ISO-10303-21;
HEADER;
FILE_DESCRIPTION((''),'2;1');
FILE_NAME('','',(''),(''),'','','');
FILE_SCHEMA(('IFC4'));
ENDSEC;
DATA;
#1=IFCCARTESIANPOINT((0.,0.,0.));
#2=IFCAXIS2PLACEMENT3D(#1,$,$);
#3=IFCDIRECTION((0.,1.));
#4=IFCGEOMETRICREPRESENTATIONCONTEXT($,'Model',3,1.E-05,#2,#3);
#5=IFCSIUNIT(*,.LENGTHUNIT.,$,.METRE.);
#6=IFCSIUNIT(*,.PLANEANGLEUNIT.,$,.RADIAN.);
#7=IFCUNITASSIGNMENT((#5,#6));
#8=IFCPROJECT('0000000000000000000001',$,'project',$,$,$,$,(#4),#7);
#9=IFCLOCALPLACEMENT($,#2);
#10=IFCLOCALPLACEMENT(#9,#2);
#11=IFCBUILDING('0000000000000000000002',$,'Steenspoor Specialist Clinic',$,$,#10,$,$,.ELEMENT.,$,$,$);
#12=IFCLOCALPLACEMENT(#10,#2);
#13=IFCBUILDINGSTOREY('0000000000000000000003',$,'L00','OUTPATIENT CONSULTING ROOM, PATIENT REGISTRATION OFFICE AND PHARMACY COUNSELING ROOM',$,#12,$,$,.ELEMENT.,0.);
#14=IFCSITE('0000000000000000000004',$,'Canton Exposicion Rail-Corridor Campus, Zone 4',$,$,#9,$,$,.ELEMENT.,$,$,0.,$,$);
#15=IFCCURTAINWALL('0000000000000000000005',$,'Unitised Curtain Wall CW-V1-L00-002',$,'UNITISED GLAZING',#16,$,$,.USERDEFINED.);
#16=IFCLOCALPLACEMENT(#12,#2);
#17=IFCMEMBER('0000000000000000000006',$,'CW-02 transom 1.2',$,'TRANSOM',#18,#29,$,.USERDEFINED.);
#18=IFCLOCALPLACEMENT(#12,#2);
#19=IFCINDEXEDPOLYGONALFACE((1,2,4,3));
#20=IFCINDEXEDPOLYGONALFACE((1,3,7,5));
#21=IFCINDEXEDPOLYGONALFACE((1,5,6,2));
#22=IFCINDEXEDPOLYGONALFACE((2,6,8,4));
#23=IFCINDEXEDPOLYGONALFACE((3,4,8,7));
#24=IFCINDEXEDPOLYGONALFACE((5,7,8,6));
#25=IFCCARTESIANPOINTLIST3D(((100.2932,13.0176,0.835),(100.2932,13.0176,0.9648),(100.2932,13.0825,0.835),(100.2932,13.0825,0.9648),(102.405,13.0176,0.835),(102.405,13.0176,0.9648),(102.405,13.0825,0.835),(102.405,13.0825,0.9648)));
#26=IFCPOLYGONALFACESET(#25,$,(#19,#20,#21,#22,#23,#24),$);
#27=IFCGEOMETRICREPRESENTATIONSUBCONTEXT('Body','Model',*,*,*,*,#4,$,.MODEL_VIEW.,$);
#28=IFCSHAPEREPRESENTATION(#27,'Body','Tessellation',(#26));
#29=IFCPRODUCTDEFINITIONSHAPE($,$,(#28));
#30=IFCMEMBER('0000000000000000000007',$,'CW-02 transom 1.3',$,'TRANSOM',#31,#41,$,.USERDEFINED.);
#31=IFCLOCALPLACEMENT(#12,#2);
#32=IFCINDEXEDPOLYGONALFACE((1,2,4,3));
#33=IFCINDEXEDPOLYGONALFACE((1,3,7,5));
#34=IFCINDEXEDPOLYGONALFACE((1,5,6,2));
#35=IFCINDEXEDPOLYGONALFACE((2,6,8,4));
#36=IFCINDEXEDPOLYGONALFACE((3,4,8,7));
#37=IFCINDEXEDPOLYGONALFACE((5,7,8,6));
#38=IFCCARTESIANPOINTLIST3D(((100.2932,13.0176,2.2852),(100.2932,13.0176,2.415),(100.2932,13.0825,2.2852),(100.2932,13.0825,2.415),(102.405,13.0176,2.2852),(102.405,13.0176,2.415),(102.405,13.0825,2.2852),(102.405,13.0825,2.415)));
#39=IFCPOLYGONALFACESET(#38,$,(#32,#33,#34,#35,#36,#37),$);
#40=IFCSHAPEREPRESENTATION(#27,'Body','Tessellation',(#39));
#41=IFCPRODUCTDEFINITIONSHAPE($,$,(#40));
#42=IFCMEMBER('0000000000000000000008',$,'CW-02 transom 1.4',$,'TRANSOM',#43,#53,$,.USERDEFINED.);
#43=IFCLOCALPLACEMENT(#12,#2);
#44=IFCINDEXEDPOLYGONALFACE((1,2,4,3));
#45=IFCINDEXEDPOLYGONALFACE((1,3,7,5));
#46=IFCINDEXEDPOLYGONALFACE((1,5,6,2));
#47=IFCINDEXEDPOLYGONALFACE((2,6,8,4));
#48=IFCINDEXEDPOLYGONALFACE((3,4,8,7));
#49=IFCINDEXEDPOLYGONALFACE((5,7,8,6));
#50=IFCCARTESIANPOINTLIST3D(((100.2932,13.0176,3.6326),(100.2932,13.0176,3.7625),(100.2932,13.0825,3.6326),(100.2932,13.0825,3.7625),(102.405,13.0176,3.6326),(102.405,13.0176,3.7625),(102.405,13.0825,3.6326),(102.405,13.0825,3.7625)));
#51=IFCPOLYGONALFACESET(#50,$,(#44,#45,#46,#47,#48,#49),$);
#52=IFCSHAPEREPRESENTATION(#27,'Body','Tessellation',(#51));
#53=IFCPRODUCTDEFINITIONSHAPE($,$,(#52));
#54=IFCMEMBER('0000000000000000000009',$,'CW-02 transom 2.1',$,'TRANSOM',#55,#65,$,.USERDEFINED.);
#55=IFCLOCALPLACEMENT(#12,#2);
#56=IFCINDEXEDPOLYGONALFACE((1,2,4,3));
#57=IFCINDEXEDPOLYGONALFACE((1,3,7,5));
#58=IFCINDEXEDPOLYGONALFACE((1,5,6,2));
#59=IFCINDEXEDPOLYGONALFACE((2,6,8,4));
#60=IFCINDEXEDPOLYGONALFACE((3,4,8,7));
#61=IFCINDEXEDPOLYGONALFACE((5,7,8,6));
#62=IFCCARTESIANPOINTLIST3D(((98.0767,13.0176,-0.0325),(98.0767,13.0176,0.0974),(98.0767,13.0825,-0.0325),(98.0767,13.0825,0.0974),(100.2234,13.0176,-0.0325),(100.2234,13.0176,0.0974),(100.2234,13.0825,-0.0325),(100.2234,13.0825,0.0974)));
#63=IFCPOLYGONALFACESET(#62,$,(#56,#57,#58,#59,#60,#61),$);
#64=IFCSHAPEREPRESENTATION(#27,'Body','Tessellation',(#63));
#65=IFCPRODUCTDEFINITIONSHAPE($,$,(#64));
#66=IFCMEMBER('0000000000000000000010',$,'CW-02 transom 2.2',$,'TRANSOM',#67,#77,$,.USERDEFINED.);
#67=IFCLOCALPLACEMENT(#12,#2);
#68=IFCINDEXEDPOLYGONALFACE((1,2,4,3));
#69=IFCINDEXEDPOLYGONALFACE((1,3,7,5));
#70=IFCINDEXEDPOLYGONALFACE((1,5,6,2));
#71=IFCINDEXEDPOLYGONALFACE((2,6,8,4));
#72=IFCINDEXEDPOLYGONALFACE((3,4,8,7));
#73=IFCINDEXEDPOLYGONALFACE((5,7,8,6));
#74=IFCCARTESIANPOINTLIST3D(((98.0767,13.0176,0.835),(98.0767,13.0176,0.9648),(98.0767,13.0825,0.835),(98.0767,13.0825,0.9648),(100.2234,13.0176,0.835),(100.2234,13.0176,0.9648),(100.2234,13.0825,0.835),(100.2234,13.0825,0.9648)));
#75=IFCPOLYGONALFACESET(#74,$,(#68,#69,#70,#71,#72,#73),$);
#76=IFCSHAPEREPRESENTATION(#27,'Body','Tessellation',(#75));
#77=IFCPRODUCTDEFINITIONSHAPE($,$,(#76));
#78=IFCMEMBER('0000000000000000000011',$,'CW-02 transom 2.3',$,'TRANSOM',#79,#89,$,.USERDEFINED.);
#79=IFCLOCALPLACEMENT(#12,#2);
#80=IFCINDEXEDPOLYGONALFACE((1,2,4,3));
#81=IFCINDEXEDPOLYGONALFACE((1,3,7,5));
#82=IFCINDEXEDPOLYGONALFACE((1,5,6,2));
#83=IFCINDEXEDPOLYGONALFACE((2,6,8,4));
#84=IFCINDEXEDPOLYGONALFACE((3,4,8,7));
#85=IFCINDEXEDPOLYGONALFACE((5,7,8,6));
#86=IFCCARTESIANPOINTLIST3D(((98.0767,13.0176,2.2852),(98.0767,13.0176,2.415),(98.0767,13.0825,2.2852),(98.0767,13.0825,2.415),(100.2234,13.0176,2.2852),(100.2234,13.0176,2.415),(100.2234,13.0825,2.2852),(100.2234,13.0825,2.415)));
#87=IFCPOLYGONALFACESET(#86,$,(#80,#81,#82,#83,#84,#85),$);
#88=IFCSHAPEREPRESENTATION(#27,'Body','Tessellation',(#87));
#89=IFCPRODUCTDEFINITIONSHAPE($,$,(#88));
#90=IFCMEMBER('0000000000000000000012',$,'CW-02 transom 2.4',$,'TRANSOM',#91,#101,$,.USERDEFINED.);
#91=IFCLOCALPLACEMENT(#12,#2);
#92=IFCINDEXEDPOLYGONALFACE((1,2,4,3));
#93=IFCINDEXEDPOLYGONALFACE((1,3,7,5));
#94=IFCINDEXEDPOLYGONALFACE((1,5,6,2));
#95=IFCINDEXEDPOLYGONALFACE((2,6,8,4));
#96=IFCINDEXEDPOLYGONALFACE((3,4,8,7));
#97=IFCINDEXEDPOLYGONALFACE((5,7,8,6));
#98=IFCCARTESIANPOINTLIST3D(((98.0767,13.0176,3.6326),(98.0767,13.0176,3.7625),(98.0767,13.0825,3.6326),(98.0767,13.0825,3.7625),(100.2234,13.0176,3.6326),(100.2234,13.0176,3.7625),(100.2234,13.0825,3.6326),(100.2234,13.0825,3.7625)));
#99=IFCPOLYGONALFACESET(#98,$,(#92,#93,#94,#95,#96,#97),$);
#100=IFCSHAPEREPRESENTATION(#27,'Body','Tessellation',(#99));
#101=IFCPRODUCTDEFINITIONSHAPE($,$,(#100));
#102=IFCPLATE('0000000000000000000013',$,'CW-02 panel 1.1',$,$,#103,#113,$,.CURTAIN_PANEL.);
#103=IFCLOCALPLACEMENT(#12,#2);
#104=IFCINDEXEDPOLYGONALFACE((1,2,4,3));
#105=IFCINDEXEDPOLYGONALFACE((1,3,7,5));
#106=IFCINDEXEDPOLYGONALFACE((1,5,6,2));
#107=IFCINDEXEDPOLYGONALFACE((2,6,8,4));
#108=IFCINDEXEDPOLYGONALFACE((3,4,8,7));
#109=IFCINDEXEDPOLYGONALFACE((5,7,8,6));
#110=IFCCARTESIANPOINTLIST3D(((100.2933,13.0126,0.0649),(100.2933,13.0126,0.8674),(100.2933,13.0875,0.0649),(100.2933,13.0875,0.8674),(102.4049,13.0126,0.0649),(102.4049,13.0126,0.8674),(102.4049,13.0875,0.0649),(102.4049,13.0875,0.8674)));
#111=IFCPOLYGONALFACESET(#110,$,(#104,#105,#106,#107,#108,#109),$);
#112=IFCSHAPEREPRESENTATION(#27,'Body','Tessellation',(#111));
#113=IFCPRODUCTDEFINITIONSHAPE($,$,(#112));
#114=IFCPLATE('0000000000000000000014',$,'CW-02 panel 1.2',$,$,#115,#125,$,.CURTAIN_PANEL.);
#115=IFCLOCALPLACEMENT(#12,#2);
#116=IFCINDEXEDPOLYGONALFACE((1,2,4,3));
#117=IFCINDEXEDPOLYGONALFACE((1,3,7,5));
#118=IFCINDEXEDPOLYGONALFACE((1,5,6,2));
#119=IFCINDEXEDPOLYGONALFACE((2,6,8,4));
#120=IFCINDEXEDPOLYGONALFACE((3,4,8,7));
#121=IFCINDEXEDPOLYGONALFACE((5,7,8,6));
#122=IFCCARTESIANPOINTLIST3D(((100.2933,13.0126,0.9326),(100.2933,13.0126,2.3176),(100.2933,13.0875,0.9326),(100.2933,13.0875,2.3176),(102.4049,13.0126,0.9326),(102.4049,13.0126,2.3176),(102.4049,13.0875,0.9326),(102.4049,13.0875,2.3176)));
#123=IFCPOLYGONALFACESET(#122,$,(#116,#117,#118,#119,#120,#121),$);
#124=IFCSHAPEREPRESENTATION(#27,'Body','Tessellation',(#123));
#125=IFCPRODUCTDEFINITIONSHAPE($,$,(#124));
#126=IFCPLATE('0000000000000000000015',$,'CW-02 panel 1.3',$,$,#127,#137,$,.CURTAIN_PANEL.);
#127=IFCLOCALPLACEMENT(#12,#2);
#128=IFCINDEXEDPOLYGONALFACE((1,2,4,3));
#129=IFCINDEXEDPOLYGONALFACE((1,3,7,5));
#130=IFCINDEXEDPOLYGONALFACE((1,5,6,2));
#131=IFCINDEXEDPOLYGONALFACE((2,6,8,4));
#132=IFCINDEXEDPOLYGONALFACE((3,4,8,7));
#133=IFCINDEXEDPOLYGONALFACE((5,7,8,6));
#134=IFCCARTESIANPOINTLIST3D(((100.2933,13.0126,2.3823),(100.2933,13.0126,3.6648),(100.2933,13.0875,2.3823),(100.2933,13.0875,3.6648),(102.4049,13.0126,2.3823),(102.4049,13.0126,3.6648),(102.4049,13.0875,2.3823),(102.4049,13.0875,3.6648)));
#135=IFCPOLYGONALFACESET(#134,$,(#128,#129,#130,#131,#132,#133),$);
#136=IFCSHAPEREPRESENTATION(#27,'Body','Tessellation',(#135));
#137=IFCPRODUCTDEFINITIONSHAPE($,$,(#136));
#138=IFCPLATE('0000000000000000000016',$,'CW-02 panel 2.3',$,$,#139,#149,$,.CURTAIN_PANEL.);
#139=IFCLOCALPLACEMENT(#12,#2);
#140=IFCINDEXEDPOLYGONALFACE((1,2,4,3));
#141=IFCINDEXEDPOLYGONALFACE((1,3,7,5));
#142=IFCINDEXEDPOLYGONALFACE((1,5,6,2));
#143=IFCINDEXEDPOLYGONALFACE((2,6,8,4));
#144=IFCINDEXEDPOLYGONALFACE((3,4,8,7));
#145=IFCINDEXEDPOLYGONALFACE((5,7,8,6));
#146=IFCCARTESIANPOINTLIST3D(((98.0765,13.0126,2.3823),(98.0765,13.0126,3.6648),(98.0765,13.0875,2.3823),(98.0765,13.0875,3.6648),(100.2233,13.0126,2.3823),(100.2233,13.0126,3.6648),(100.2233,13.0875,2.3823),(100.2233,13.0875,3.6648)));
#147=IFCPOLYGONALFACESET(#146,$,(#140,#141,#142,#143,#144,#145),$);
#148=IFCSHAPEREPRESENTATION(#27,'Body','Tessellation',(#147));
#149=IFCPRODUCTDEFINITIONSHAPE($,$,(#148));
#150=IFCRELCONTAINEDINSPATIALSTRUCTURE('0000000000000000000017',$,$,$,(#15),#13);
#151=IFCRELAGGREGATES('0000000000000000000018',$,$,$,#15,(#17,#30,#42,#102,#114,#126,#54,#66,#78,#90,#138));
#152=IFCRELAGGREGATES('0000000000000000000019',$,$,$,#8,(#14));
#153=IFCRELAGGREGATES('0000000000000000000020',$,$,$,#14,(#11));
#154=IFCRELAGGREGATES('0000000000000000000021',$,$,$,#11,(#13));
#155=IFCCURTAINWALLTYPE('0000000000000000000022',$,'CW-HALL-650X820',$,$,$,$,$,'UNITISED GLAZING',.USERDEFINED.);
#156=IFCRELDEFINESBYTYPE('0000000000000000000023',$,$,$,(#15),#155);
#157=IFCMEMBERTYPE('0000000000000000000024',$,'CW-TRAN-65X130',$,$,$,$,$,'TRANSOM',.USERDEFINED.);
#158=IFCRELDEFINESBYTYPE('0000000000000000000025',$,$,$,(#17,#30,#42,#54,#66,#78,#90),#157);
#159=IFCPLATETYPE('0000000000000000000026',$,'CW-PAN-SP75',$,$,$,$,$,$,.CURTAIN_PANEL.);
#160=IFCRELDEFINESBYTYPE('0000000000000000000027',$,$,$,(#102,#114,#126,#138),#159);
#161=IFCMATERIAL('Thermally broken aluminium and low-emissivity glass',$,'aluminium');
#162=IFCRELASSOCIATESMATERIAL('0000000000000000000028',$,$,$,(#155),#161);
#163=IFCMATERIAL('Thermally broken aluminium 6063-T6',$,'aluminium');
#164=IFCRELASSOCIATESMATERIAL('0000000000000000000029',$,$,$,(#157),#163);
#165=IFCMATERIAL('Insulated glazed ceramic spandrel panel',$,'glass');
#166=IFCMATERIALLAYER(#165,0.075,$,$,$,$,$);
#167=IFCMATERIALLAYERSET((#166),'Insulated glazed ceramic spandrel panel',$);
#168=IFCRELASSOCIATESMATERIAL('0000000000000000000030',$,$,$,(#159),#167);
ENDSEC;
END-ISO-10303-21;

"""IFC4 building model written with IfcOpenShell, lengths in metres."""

from ifc_helpers import new_model, si_unit, direction, frame, origin, origin_2d, place, context, subcontext, project, spatial, rectangle, extrude, material, layer, layer_set, material_profile, profile_set, type_object, element, aggregate, save


model = new_model("IFC4")

# Units and contexts
model_context = context("Model", 3, precision=1e-05, world=origin(), true_north=direction((0.0, 1.0)))
body_context = subcontext(model_context, "Body", "Model", "MODEL_VIEW")
ifc_project = project(units=[si_unit("LENGTHUNIT", "METRE"), si_unit("PLANEANGLEUNIT", "RADIAN")], contexts=[model_context])

# Site, building, storey
site_placement = place(None, origin())
site = spatial("IfcSite", under=ifc_project, at=site_placement, Name="Canton Exposicion Rail-Corridor Campus, Zone 4", CompositionType="ELEMENT", RefElevation=0.0)
building_placement = place(site_placement, origin())
building = spatial("IfcBuilding", under=site, at=building_placement, Name="Steenspoor Specialist Clinic", CompositionType="ELEMENT")
storey_placement = place(building_placement, origin())
storey = spatial("IfcBuildingStorey", under=building, at=storey_placement, Name="L00", Description="OUTPATIENT CONSULTING ROOM, PATIENT REGISTRATION OFFICE AND PHARMACY COUNSELING ROOM", CompositionType="ELEMENT", Elevation=0.0)

# Curtain wall, members, plates
ifc_material_1 = material(Name="Thermally broken aluminium and low-emissivity glass", Category="aluminium")
curtain_wall_type = type_object("IfcCurtainWallType", Name="CW-HALL-650X820", ElementType="UNITISED GLAZING", PredefinedType="USERDEFINED", material=ifc_material_1)
curtain_wall_placement = place(storey_placement, origin())
curtain_wall = element("IfcCurtainWall", 1, at=curtain_wall_placement, inside=storey, type_object=curtain_wall_type, Name="Unitised Curtain Wall CW-V1-L00-002", ObjectType="UNITISED GLAZING", PredefinedType="USERDEFINED")
ifc_material_2 = material(Name="Thermally broken aluminium 6063-T6", Category="aluminium")
ifc_material_profile_1 = material_profile(ifc_material_2, rectangle(XDim=0.0649, YDim=0.1299, at=origin_2d()), Name="CWT-65X130")
ifc_profile_set_1 = profile_set([ifc_material_profile_1], Name="Thermally broken aluminium 6063-T6")
member_type_1 = type_object("IfcMemberType", Name="CW-TRAN-65X130", ElementType="TRANSOM", PredefinedType="USERDEFINED", material=ifc_profile_set_1)
member_1_placement = place(storey_placement, frame((102.405, 13.05, 0.8999), z_axis=(-1.0, 0.0, 0.0), x_axis=(0.0, -1.0, 0.0)))
member_1 = element("IfcMember", 2, at=member_1_placement, type_object=member_type_1, Name="CW-02 transom 1.2", ObjectType="TRANSOM", PredefinedType="USERDEFINED", context=body_context, shape_type="SweptSolid", body=[
    extrude(rectangle(XDim=0.0649, YDim=0.1299, at=origin_2d()), origin(), (0.0, 0.0, 1.0), 2.1118),
])
member_2_placement = place(storey_placement, frame((102.405, 13.05, 2.3501), z_axis=(-1.0, 0.0, 0.0), x_axis=(0.0, -1.0, 0.0)))
member_2 = element("IfcMember", 3, at=member_2_placement, type_object=member_type_1, Name="CW-02 transom 1.3", ObjectType="TRANSOM", PredefinedType="USERDEFINED", context=body_context, shape_type="SweptSolid", body=[
    extrude(rectangle(XDim=0.0649, YDim=0.1299, at=origin_2d()), origin(), (0.0, 0.0, 1.0), 2.1118),
])
member_3_placement = place(storey_placement, frame((102.405, 13.05, 3.6975), z_axis=(-1.0, 0.0, 0.0), x_axis=(0.0, -1.0, 0.0)))
member_3 = element("IfcMember", 4, at=member_3_placement, type_object=member_type_1, Name="CW-02 transom 1.4", ObjectType="TRANSOM", PredefinedType="USERDEFINED", context=body_context, shape_type="SweptSolid", body=[
    extrude(rectangle(XDim=0.0649, YDim=0.1299, at=origin_2d()), origin(), (0.0, 0.0, 1.0), 2.1118),
])
member_4_placement = place(storey_placement, frame((100.2234, 13.05, 0.0325), z_axis=(-1.0, 0.0, 0.0), x_axis=(0.0, -1.0, 0.0)))
member_4 = element("IfcMember", 5, at=member_4_placement, type_object=member_type_1, Name="CW-02 transom 2.1", ObjectType="TRANSOM", PredefinedType="USERDEFINED", context=body_context, shape_type="SweptSolid", body=[
    extrude(rectangle(XDim=0.0649, YDim=0.1299, at=origin_2d()), origin(), (0.0, 0.0, 1.0), 2.1467),
])
member_5_placement = place(storey_placement, frame((100.2234, 13.05, 0.8999), z_axis=(-1.0, 0.0, 0.0), x_axis=(0.0, -1.0, 0.0)))
member_5 = element("IfcMember", 6, at=member_5_placement, type_object=member_type_1, Name="CW-02 transom 2.2", ObjectType="TRANSOM", PredefinedType="USERDEFINED", context=body_context, shape_type="SweptSolid", body=[
    extrude(rectangle(XDim=0.0649, YDim=0.1299, at=origin_2d()), origin(), (0.0, 0.0, 1.0), 2.1467),
])
member_6_placement = place(storey_placement, frame((100.2234, 13.05, 2.3501), z_axis=(-1.0, 0.0, 0.0), x_axis=(0.0, -1.0, 0.0)))
member_6 = element("IfcMember", 7, at=member_6_placement, type_object=member_type_1, Name="CW-02 transom 2.3", ObjectType="TRANSOM", PredefinedType="USERDEFINED", context=body_context, shape_type="SweptSolid", body=[
    extrude(rectangle(XDim=0.0649, YDim=0.1299, at=origin_2d()), origin(), (0.0, 0.0, 1.0), 2.1467),
])
member_7_placement = place(storey_placement, frame((100.2234, 13.05, 3.6975), z_axis=(-1.0, 0.0, 0.0), x_axis=(0.0, -1.0, 0.0)))
member_7 = element("IfcMember", 8, at=member_7_placement, type_object=member_type_1, Name="CW-02 transom 2.4", ObjectType="TRANSOM", PredefinedType="USERDEFINED", context=body_context, shape_type="SweptSolid", body=[
    extrude(rectangle(XDim=0.0649, YDim=0.1299, at=origin_2d()), origin(), (0.0, 0.0, 1.0), 2.1467),
])
ifc_material_3 = material(Name="Insulated glazed ceramic spandrel panel", Category="glass")
ifc_layer = layer(ifc_material_3, 0.075)
ifc_layer_set = layer_set([ifc_layer], Name="Insulated glazed ceramic spandrel panel")
plate_type = type_object("IfcPlateType", Name="CW-PAN-SP75", PredefinedType="CURTAIN_PANEL", material=ifc_layer_set)
plate_1_placement = place(storey_placement, frame((101.3491, 13.05, 0.0649), z_axis=(0.0, 0.0, 1.0), x_axis=(-1.0, 0.0, 0.0)))
plate_1 = element("IfcPlate", 9, at=plate_1_placement, type_object=plate_type, Name="CW-02 panel 1.1", PredefinedType="CURTAIN_PANEL", context=body_context, shape_type="SweptSolid", body=[
    extrude(rectangle(XDim=2.1116, YDim=0.075, at=origin_2d()), origin(), (0.0, 0.0, 1.0), 0.8025),
])
plate_2_placement = place(storey_placement, frame((101.3491, 13.05, 0.9326), z_axis=(0.0, 0.0, 1.0), x_axis=(-1.0, 0.0, 0.0)))
plate_2 = element("IfcPlate", 10, at=plate_2_placement, type_object=plate_type, Name="CW-02 panel 1.2", PredefinedType="CURTAIN_PANEL", context=body_context, shape_type="SweptSolid", body=[
    extrude(rectangle(XDim=2.1116, YDim=0.075, at=origin_2d()), origin(), (0.0, 0.0, 1.0), 1.385),
])
plate_3_placement = place(storey_placement, frame((101.3491, 13.05, 2.3823), z_axis=(0.0, 0.0, 1.0), x_axis=(-1.0, 0.0, 0.0)))
plate_3 = element("IfcPlate", 11, at=plate_3_placement, type_object=plate_type, Name="CW-02 panel 1.3", PredefinedType="CURTAIN_PANEL", context=body_context, shape_type="SweptSolid", body=[
    extrude(rectangle(XDim=2.1116, YDim=0.075, at=origin_2d()), origin(), (0.0, 0.0, 1.0), 1.2825),
])
plate_4_placement = place(storey_placement, frame((99.1499, 13.05, 2.3823), z_axis=(0.0, 0.0, 1.0), x_axis=(-1.0, 0.0, 0.0)))
plate_4 = element("IfcPlate", 12, at=plate_4_placement, type_object=plate_type, Name="CW-02 panel 2.3", PredefinedType="CURTAIN_PANEL", context=body_context, shape_type="SweptSolid", body=[
    extrude(rectangle(XDim=2.1467, YDim=0.075, at=origin_2d()), origin(), (0.0, 0.0, 1.0), 1.2825),
])
aggregate(curtain_wall, [member_1, member_2, member_3, plate_1, plate_2, plate_3, member_4, member_5, member_6, member_7, plate_4])

save(model, "model.ifc")
